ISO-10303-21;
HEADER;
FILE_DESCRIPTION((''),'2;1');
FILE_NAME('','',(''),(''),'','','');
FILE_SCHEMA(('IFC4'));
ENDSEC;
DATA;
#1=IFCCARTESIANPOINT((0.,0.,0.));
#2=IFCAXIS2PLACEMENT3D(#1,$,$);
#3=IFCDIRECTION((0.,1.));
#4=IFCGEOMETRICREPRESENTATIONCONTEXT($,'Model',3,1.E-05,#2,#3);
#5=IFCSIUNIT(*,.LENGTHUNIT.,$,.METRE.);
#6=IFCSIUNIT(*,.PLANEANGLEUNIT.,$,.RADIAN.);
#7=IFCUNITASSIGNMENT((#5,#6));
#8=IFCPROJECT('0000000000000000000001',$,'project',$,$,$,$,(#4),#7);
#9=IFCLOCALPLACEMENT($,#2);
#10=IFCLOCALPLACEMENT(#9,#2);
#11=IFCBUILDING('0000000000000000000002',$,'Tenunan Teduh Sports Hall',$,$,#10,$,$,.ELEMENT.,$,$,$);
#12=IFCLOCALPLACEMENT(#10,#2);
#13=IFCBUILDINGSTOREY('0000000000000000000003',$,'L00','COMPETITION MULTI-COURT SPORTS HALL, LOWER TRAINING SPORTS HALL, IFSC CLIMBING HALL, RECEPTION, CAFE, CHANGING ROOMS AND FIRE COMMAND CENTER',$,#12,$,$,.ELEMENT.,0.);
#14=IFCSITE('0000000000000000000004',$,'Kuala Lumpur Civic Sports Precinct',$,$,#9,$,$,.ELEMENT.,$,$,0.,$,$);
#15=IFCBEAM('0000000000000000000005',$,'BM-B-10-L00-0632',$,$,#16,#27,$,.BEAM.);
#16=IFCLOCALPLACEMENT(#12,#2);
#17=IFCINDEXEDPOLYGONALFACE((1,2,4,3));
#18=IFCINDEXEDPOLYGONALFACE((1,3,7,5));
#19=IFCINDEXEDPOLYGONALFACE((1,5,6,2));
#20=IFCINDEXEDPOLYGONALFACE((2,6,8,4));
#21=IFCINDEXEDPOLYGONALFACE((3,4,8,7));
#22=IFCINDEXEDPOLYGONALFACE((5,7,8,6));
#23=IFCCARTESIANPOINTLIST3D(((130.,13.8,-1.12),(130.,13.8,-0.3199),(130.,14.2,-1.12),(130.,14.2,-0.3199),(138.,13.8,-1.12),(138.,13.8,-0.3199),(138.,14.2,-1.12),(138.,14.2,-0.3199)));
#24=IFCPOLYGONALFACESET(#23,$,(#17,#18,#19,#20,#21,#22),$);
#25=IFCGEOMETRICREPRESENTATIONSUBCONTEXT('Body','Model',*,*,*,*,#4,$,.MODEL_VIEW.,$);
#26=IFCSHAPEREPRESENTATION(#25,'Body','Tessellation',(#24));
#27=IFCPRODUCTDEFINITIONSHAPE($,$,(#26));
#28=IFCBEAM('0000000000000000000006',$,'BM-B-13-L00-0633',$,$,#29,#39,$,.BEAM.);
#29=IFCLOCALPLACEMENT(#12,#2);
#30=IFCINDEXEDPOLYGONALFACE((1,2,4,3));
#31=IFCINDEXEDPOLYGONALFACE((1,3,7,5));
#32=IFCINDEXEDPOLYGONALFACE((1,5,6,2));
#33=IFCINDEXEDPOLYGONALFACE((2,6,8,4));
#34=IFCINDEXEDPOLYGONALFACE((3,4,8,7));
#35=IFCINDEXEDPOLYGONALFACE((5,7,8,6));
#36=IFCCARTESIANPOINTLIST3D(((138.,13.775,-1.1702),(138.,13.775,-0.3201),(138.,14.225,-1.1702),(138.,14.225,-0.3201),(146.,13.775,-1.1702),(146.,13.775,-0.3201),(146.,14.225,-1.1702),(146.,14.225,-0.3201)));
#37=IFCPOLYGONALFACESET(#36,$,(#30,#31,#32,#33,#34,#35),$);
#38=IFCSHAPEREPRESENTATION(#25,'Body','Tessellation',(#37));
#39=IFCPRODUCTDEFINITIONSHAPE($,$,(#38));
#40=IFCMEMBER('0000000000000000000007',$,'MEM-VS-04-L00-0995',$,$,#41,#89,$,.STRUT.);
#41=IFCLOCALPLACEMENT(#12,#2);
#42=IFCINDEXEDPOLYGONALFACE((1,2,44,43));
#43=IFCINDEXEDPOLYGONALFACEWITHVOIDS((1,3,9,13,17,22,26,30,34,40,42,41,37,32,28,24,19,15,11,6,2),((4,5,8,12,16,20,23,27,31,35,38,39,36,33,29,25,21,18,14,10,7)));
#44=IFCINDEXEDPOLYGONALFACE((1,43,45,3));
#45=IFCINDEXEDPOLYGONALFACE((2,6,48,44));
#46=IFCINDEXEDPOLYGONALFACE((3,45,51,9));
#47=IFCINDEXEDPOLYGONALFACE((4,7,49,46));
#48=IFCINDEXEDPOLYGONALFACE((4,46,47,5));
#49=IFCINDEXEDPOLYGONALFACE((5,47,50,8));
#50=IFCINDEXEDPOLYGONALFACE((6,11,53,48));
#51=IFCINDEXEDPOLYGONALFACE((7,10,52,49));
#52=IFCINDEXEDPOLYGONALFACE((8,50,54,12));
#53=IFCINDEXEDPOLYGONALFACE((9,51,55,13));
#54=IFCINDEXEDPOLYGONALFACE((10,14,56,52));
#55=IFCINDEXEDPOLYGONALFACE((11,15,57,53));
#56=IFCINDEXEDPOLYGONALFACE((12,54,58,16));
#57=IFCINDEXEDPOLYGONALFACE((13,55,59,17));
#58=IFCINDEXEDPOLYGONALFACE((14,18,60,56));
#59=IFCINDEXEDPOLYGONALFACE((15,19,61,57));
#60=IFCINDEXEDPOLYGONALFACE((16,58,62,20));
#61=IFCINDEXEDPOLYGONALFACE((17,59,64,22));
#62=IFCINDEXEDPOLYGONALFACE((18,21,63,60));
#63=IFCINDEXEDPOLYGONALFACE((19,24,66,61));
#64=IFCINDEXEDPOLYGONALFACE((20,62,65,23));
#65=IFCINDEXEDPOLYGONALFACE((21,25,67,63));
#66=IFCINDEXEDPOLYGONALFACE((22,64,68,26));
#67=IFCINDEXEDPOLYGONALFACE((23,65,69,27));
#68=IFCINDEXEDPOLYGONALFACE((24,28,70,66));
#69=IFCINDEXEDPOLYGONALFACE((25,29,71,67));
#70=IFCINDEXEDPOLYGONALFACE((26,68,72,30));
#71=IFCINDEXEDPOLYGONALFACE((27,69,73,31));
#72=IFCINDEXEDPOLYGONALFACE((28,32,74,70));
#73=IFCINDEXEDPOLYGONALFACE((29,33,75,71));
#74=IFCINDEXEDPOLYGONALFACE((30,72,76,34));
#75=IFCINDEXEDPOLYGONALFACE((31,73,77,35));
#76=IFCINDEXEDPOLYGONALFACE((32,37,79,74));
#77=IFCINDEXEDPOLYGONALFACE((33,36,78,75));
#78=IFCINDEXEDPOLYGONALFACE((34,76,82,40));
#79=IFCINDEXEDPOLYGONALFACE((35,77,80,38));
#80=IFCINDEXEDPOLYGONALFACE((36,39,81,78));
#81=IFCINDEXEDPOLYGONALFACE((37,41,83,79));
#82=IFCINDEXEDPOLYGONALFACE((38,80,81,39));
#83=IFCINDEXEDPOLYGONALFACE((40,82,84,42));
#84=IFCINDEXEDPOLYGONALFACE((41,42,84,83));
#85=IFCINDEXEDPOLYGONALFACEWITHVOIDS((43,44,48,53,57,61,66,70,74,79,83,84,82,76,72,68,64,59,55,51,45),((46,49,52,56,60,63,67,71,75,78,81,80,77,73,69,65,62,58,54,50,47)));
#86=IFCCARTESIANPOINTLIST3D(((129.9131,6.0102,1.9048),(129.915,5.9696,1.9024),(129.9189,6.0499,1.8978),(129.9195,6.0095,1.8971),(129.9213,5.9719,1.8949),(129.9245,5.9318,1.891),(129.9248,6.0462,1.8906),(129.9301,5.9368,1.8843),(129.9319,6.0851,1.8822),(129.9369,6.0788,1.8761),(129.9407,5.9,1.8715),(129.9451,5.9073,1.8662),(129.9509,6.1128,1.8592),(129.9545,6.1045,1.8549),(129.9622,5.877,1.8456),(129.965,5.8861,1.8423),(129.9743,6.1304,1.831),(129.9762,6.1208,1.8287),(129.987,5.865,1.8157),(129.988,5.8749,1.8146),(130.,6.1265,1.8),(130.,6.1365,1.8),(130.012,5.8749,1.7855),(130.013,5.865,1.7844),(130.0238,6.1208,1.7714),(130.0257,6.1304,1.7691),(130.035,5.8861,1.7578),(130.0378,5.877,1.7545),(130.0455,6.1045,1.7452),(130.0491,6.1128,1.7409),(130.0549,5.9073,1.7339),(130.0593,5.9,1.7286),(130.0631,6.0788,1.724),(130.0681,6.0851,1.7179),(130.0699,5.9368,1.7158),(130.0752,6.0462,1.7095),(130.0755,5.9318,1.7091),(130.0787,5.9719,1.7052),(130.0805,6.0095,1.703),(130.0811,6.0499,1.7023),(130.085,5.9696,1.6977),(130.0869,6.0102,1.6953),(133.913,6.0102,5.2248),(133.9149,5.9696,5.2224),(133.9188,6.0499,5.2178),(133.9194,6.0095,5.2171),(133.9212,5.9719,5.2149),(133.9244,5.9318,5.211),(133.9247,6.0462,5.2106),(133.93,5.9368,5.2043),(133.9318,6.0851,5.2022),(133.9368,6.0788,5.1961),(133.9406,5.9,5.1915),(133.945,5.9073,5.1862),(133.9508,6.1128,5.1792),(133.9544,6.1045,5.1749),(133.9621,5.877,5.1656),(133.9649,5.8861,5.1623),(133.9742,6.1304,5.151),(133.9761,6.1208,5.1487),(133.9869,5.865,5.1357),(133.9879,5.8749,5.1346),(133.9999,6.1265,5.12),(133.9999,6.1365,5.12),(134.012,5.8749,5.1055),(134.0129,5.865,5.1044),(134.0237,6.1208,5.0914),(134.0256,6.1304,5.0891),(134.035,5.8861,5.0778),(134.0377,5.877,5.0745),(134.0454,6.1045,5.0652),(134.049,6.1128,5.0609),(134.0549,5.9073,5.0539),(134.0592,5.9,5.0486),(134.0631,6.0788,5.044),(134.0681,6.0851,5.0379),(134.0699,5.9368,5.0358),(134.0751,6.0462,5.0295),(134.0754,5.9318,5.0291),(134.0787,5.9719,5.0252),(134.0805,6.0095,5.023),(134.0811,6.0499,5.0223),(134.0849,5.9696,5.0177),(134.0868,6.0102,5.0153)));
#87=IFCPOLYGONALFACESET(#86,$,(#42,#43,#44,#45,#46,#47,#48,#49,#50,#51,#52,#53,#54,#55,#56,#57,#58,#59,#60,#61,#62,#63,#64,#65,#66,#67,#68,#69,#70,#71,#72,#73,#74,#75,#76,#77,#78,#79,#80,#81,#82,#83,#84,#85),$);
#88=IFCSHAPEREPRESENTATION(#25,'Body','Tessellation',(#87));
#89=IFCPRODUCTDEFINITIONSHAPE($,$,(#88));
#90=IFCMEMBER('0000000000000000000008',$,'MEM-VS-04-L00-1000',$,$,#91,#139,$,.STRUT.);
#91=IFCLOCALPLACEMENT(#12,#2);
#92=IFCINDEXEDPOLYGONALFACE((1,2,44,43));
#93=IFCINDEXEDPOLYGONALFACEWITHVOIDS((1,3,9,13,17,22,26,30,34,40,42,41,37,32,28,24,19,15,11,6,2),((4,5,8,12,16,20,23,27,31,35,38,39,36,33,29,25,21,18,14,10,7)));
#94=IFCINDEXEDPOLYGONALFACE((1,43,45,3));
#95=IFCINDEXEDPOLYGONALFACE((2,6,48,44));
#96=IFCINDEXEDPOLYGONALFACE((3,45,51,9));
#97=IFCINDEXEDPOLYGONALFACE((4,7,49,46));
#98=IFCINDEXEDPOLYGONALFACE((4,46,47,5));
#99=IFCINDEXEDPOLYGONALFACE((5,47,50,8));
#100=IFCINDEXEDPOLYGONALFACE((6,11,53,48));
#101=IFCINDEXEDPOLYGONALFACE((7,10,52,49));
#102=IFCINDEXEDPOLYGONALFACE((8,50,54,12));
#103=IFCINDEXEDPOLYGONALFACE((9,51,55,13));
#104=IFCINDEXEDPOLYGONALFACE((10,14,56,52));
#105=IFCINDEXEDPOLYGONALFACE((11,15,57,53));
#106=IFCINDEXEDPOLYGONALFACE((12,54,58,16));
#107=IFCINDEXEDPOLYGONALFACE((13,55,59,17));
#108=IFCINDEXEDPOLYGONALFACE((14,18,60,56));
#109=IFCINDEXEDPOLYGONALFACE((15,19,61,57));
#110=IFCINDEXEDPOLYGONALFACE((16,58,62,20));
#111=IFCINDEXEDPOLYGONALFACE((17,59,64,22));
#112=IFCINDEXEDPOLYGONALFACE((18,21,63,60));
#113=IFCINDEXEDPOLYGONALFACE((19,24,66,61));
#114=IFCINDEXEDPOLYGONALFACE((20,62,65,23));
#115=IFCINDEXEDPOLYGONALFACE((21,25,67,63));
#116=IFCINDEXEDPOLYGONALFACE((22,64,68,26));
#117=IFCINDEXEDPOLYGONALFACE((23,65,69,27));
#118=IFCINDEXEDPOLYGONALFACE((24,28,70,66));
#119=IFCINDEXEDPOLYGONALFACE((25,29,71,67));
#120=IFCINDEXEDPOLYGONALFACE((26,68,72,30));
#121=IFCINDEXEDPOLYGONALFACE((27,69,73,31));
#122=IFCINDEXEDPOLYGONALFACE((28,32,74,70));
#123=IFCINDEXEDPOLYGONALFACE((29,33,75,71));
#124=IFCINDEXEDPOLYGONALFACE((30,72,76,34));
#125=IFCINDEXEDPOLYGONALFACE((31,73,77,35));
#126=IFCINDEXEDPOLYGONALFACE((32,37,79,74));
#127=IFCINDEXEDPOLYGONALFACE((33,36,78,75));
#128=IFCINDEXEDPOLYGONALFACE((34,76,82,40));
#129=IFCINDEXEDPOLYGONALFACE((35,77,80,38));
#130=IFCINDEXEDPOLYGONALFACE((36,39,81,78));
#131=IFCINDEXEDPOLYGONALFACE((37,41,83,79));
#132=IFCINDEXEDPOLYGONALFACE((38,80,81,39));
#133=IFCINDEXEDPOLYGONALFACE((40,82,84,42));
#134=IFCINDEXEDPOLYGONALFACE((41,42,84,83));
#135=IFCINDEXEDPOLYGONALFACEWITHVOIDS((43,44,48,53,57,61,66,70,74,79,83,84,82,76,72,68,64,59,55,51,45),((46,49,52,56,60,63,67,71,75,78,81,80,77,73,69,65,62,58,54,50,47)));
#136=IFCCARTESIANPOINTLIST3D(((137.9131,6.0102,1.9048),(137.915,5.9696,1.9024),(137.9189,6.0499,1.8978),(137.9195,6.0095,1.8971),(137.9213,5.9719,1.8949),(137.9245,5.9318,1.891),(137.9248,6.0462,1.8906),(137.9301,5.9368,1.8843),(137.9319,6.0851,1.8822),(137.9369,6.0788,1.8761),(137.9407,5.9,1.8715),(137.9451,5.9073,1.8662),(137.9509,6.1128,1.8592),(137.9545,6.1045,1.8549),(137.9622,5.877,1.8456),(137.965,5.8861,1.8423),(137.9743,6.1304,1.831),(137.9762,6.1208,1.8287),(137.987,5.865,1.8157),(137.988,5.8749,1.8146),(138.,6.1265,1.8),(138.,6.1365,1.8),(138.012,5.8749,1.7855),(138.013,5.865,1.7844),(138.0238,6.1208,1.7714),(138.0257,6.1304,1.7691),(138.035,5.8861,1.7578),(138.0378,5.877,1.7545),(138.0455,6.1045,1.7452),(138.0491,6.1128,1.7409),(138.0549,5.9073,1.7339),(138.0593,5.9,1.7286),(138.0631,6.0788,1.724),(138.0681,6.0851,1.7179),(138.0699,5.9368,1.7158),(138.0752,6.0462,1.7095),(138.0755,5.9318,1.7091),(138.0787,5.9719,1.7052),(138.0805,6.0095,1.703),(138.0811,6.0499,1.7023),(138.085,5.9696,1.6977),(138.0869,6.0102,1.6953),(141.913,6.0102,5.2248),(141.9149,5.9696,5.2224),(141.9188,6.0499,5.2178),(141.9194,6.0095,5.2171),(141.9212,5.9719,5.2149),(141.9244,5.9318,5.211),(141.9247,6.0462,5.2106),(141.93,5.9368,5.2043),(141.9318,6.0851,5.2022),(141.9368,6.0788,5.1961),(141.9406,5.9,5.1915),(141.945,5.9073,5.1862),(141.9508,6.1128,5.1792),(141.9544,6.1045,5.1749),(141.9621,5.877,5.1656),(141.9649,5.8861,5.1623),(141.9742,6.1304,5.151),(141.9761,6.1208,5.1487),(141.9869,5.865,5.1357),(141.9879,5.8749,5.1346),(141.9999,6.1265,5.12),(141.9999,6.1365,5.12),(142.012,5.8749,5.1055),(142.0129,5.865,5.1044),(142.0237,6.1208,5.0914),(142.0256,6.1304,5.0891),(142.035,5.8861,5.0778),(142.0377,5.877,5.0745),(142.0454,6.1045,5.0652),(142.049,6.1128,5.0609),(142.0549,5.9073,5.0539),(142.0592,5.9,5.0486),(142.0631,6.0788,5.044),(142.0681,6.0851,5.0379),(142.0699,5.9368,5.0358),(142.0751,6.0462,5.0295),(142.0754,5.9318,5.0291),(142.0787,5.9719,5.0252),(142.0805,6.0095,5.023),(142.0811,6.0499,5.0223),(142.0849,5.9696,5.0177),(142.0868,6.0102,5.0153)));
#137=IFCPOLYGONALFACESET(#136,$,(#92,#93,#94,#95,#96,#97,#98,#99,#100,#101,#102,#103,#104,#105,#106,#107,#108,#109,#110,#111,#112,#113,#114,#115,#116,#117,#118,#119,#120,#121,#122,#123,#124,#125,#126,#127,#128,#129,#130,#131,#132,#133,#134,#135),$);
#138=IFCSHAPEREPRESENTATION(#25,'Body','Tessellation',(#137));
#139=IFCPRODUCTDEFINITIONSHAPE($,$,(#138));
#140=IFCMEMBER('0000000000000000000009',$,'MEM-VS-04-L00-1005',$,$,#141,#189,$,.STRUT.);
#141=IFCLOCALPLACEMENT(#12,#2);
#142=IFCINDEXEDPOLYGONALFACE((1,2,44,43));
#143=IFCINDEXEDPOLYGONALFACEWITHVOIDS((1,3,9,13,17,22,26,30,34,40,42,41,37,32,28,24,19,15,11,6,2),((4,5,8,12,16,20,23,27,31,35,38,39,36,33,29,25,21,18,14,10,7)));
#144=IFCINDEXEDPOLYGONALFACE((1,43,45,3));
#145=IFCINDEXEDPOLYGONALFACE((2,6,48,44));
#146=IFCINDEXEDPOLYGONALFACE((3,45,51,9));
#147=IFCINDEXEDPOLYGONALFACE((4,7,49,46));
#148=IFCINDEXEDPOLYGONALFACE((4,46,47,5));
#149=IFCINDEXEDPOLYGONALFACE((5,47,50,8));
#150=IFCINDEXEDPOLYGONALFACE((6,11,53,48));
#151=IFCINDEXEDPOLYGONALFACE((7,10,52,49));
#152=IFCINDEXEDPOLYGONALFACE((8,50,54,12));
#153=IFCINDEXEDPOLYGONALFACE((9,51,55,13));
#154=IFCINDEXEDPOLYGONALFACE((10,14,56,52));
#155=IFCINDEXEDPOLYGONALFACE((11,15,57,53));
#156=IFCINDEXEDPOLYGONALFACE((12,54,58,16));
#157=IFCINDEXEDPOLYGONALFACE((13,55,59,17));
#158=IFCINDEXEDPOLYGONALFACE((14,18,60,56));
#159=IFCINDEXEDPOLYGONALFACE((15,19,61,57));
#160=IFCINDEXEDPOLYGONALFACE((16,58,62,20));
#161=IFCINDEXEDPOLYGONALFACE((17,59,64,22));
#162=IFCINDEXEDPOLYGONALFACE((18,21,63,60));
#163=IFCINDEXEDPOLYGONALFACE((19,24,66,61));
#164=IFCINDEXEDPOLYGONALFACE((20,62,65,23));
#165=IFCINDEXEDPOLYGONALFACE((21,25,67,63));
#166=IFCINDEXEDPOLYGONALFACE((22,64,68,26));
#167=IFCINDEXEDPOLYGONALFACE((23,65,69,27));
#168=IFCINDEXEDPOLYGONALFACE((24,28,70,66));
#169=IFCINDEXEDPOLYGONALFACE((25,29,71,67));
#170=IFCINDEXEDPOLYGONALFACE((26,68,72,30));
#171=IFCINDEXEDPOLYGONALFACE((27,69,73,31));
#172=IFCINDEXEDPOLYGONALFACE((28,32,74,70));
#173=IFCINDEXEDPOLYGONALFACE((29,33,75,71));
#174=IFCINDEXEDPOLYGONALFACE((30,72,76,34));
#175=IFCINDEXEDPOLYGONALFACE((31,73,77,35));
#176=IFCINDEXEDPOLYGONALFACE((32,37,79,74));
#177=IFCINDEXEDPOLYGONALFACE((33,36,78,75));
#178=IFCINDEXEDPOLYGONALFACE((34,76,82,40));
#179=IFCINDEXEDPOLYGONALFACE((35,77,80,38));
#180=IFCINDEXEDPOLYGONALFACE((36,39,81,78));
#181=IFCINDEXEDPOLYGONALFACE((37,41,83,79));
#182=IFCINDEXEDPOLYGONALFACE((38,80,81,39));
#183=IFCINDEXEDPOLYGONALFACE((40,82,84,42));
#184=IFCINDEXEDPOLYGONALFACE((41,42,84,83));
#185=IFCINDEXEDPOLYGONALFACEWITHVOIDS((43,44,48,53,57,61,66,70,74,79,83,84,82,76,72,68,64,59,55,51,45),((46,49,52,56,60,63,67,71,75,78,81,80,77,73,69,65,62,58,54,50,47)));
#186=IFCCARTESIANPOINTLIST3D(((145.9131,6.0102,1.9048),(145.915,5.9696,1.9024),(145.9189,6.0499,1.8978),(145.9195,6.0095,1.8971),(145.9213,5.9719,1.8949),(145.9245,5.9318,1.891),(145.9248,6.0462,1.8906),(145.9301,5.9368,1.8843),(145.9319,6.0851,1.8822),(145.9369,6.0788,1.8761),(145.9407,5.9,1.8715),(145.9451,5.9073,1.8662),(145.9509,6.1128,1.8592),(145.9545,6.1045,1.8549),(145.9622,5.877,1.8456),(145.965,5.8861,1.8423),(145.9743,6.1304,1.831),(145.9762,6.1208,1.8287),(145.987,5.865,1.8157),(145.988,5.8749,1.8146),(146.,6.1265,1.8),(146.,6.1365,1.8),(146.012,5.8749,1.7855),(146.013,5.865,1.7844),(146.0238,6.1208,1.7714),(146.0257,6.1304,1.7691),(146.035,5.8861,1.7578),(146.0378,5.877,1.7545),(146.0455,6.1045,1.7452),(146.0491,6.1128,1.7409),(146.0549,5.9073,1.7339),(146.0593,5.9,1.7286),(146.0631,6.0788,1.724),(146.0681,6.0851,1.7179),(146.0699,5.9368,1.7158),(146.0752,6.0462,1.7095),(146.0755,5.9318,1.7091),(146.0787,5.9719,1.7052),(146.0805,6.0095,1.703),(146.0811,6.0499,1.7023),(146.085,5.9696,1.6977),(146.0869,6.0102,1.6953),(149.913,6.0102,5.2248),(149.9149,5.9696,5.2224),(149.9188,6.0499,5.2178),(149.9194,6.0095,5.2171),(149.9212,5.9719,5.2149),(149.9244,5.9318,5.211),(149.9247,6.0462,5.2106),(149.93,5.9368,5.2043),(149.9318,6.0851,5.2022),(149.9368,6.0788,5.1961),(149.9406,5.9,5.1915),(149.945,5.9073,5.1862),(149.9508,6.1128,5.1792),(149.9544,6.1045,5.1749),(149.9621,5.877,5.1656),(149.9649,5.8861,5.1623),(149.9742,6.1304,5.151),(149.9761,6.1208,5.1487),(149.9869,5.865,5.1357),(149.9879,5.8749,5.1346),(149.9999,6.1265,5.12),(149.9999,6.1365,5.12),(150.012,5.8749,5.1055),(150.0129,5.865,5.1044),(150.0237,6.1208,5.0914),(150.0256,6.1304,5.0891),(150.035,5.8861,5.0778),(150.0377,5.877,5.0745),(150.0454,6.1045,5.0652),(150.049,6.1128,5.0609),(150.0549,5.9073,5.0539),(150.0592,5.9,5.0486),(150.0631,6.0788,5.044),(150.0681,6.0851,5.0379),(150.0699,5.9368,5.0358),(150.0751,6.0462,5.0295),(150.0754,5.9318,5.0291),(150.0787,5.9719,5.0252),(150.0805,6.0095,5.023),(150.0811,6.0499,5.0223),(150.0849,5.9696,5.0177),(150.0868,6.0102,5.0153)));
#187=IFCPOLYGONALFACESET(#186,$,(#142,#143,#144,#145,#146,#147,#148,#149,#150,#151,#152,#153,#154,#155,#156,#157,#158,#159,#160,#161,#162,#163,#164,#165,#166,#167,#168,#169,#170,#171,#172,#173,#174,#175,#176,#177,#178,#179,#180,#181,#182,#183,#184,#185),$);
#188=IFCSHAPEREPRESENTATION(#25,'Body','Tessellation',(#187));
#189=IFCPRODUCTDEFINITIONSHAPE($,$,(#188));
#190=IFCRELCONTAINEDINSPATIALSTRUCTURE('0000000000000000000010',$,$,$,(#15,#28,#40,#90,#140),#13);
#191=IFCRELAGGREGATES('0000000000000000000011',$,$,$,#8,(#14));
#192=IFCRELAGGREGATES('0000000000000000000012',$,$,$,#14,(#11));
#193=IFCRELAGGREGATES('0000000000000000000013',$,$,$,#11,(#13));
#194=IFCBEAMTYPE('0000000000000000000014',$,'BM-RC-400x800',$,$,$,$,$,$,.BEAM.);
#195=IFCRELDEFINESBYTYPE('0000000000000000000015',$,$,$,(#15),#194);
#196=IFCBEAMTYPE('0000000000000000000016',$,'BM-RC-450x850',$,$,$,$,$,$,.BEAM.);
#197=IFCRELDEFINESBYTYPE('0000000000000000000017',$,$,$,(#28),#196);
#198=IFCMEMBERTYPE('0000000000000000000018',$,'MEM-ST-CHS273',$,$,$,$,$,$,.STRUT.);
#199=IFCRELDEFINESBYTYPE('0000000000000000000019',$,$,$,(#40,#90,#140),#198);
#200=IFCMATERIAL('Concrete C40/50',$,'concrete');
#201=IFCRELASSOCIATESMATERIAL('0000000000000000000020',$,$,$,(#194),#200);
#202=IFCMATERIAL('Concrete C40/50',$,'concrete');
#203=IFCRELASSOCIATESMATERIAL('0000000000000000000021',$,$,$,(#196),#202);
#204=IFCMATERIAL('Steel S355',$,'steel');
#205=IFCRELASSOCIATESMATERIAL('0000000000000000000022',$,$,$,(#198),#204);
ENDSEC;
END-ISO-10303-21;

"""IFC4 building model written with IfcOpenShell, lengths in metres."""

from ifc_helpers import new_model, si_unit, direction, frame, origin, origin_2d, place, context, subcontext, project, spatial, rectangle, hollow_circle, extrude, material, material_profile, profile_set, type_object, element, save


model = new_model("IFC4")

# Units and contexts
model_context = context("Model", 3, precision=1e-05, world=origin(), true_north=direction((0.0, 1.0)))
body_context = subcontext(model_context, "Body", "Model", "MODEL_VIEW")
ifc_project = project(units=[si_unit("LENGTHUNIT", "METRE"), si_unit("PLANEANGLEUNIT", "RADIAN")], contexts=[model_context])

# Site, building, storey
site_placement = place(None, origin())
site = spatial("IfcSite", under=ifc_project, at=site_placement, Name="Kuala Lumpur Civic Sports Precinct", CompositionType="ELEMENT", RefElevation=0.0)
building_placement = place(site_placement, origin())
building = spatial("IfcBuilding", under=site, at=building_placement, Name="Tenunan Teduh Sports Hall", CompositionType="ELEMENT")
storey_placement = place(building_placement, origin())
storey = spatial("IfcBuildingStorey", under=building, at=storey_placement, Name="L00", Description="COMPETITION MULTI-COURT SPORTS HALL, LOWER TRAINING SPORTS HALL, IFSC CLIMBING HALL, RECEPTION, CAFE, CHANGING ROOMS AND FIRE COMMAND CENTER", CompositionType="ELEMENT", Elevation=0.0)

# Beams
ifc_material_1 = material(Name="Concrete C40/50", Category="concrete")
ifc_material_profile_1 = material_profile(ifc_material_1, rectangle(XDim=0.3999, YDim=0.8, at=origin_2d()), Name="RCB 400x800")
ifc_profile_set_1 = profile_set([ifc_material_profile_1], Name="Concrete C40/50")
beam_type_1 = type_object("IfcBeamType", Name="BM-RC-400x800", PredefinedType="BEAM", material=ifc_profile_set_1)
beam_1_placement = place(storey_placement, frame((130.0, 14.0, -0.72), z_axis=(1.0, 0.0, 0.0), x_axis=(0.0, 1.0, 0.0)))
element("IfcBeam", 1, at=beam_1_placement, inside=storey, type_object=beam_type_1, Name="BM-B-10-L00-0632", PredefinedType="BEAM", context=body_context, shape_type="SweptSolid", body=[
    extrude(rectangle(XDim=0.3999, YDim=0.8, at=origin_2d()), origin(), (0.0, 0.0, 1.0), 8.0),
])
ifc_material_2 = material(Name="Concrete C40/50", Category="concrete")
ifc_material_profile_2 = material_profile(ifc_material_2, rectangle(XDim=0.45, YDim=0.8501, at=origin_2d()), Name="RCB 450x850")
ifc_profile_set_2 = profile_set([ifc_material_profile_2], Name="Concrete C40/50")
beam_type_2 = type_object("IfcBeamType", Name="BM-RC-450x850", PredefinedType="BEAM", material=ifc_profile_set_2)
beam_2_placement = place(storey_placement, frame((138.0, 14.0, -0.7451), z_axis=(1.0, 0.0, 0.0), x_axis=(0.0, 1.0, 0.0)))
element("IfcBeam", 2, at=beam_2_placement, inside=storey, type_object=beam_type_2, Name="BM-B-13-L00-0633", PredefinedType="BEAM", context=body_context, shape_type="SweptSolid", body=[
    extrude(rectangle(XDim=0.45, YDim=0.8501, at=origin_2d()), origin(), (0.0, 0.0, 1.0), 8.0),
])

# Members
ifc_material_3 = material(Name="Steel S355", Category="steel")
ifc_material_profile_3 = material_profile(ifc_material_3, hollow_circle(Radius=0.1365, WallThickness=0.01, at=origin_2d()), Name="CHS 273.0x10.0")
ifc_profile_set_3 = profile_set([ifc_material_profile_3], Name="Steel S355")
member_type_1 = type_object("IfcMemberType", Name="MEM-ST-CHS273", PredefinedType="STRUT", material=ifc_profile_set_3)
for number, where, z_axis, x_axis, name in (
    (3, (130.0, 6.0, 1.8), (0.769475, 0.0, 0.638677), (0.0, 1.0, 0.0), "MEM-VS-04-L00-0995"),
    (4, (138.0, 6.0, 1.8), (0.769475, 0.0, 0.638677), (0.0, 1.0, 0.0), "MEM-VS-04-L00-1000"),
    (5, (146.0, 6.0, 1.8), (0.769475, 0.0, 0.638677), (0.0, 1.0, 0.0), "MEM-VS-04-L00-1005"),
):
    element("IfcMember", number, at=place(storey_placement, frame(where, z_axis=z_axis, x_axis=x_axis)), inside=storey, type_object=member_type_1, Name=name, PredefinedType="STRUT", context=body_context, shape_type="SweptSolid", body=[
        extrude(hollow_circle(Radius=0.1365, WallThickness=0.01, at=origin_2d()), origin(), (0.0, 0.0, 1.0), 5.1982),
    ])

save(model, "model.ifc")
